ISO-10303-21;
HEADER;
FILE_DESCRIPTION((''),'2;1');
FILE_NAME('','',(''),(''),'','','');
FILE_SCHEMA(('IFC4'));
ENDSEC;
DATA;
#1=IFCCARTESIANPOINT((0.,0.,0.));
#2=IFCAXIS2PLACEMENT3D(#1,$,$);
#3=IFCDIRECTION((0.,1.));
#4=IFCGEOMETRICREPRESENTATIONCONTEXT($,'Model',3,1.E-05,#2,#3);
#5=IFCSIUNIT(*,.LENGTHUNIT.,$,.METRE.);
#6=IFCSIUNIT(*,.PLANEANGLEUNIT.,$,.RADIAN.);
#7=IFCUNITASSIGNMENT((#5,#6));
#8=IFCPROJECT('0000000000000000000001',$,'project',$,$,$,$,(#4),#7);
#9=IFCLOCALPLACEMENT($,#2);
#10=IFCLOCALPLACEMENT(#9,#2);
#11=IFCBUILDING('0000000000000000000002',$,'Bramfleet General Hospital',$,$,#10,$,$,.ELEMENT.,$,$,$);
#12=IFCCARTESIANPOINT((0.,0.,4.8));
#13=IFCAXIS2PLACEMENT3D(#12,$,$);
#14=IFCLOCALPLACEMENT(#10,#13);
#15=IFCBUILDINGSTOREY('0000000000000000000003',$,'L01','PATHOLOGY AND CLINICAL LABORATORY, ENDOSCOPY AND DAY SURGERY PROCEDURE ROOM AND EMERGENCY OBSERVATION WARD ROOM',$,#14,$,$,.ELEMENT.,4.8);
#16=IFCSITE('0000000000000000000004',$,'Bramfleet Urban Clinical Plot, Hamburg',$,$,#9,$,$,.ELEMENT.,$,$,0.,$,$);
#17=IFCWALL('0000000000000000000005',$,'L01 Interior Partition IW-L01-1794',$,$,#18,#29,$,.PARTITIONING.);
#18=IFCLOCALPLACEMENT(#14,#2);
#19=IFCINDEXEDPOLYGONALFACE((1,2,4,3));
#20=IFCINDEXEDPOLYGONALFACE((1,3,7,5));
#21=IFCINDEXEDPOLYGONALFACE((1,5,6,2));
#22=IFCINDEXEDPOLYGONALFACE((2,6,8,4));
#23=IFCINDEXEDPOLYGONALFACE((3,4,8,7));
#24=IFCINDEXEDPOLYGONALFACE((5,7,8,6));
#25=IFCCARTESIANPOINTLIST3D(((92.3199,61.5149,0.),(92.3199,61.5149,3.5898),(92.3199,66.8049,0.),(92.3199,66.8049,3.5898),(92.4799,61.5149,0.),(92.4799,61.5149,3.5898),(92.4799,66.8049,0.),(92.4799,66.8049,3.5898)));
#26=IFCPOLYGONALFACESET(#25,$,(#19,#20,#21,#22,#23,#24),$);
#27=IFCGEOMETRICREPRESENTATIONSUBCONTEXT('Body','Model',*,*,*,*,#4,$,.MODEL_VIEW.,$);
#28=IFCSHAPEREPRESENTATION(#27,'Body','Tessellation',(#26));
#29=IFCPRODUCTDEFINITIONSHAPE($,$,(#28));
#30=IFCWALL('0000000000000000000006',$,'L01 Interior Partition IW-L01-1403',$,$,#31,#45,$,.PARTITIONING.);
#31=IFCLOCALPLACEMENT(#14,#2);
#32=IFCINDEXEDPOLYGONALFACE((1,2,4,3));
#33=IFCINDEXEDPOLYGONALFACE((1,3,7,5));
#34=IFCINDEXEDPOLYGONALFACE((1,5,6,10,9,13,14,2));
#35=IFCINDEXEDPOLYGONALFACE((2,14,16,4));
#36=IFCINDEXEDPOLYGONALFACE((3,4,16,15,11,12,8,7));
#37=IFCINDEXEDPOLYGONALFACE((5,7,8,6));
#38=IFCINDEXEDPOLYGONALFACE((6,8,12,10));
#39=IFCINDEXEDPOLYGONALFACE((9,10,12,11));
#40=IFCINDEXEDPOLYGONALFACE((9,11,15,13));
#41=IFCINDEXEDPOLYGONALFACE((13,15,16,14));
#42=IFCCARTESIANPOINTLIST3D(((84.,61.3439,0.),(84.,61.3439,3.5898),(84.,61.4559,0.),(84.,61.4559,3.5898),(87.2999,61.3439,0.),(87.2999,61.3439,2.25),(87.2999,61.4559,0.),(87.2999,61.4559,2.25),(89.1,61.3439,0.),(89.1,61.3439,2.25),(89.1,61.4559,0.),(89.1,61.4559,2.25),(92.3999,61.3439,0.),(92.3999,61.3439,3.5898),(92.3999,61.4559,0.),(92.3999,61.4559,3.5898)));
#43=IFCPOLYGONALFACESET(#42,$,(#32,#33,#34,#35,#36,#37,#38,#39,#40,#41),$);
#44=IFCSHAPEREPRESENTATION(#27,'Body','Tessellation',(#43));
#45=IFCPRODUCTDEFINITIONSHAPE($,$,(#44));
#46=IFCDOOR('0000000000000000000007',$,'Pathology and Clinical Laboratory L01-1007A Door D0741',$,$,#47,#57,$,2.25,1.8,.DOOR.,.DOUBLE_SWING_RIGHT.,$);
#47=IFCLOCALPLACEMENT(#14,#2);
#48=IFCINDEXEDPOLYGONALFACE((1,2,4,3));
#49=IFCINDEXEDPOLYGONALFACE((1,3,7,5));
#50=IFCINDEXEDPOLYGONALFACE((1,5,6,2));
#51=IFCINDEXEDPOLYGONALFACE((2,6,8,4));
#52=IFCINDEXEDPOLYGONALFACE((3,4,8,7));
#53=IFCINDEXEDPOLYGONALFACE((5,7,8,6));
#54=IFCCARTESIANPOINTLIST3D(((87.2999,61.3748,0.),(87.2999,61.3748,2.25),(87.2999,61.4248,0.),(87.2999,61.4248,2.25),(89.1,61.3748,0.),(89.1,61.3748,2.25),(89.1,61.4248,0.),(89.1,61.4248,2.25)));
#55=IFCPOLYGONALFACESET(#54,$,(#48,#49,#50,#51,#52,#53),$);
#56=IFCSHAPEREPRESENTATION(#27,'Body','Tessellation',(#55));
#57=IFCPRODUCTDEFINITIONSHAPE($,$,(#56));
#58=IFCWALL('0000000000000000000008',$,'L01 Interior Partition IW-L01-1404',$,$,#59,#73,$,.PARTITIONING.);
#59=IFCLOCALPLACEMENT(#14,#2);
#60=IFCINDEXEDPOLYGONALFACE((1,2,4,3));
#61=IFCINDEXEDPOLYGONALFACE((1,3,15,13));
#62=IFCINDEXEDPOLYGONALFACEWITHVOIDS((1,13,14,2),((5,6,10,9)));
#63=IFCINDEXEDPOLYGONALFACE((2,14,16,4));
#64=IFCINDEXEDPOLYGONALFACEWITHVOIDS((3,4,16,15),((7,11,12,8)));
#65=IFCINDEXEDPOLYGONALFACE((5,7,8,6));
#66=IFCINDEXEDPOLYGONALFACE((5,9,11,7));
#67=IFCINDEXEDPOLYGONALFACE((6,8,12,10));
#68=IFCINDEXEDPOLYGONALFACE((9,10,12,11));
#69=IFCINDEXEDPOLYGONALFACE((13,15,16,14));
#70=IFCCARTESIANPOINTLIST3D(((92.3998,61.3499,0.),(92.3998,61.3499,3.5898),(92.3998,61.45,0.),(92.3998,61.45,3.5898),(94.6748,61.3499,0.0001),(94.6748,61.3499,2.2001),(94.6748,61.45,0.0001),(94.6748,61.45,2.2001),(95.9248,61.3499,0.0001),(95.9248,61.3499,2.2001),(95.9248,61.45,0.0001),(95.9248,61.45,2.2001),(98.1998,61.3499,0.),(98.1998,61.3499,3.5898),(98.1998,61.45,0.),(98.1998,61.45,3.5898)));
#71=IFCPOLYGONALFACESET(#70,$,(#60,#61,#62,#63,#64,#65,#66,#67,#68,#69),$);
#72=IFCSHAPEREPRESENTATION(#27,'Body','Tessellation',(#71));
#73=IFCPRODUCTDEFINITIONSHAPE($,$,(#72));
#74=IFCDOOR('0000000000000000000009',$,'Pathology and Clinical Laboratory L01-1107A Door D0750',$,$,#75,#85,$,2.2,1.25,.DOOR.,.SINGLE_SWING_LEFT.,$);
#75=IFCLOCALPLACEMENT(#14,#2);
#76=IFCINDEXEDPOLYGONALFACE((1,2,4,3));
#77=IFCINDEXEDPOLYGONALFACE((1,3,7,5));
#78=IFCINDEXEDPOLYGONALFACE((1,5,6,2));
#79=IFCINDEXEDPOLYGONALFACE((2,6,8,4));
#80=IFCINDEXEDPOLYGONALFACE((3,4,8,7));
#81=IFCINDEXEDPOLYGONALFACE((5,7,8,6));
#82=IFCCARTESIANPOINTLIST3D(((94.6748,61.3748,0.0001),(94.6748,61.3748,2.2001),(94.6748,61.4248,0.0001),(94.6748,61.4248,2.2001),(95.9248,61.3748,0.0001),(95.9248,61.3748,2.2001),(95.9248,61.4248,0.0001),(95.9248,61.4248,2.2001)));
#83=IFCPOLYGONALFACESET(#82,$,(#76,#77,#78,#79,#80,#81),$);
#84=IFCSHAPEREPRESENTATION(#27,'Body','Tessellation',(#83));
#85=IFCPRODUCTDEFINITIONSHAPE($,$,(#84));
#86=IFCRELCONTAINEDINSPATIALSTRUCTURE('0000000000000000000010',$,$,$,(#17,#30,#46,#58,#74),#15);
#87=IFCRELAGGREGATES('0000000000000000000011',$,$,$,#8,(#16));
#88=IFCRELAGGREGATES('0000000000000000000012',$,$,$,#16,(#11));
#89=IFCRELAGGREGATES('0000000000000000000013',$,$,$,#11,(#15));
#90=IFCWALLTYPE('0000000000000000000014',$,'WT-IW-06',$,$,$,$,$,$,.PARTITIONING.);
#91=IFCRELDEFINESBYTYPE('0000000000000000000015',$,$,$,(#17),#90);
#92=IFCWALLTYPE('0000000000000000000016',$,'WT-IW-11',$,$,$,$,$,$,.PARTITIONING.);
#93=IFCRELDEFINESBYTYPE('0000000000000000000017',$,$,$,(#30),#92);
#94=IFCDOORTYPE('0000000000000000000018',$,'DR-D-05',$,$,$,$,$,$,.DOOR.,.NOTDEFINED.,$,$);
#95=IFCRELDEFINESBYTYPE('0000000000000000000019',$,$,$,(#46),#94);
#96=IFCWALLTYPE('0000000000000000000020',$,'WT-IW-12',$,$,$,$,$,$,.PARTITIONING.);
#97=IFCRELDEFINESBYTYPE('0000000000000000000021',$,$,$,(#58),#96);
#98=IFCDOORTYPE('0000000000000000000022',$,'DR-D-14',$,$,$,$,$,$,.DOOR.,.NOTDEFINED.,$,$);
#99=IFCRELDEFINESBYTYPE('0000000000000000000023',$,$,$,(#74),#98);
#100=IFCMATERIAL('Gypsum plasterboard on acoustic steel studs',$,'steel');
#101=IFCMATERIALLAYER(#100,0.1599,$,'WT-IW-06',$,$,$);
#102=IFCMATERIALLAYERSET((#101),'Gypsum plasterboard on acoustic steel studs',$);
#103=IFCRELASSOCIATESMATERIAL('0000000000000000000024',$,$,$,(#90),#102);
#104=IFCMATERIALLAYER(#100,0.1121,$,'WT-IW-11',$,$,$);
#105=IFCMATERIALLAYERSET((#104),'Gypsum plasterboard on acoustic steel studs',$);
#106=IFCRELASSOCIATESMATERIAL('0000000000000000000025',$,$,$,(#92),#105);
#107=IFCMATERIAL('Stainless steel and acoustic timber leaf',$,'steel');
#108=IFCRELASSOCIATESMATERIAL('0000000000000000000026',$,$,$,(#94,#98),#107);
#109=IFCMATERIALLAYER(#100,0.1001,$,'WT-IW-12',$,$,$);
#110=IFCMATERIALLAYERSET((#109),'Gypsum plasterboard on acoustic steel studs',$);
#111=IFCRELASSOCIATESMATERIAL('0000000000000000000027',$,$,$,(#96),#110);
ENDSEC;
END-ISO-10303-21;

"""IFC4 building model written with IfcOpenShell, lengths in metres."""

from ifc_helpers import new_model, si_unit, direction, frame, frame_2d, origin, place, context, subcontext, project, spatial, rectangle, extrude, material, layer, layer_set, type_object, element, fill, save


model = new_model("IFC4")

# Units and contexts
model_context = context("Model", 3, precision=1e-05, world=origin(), true_north=direction((0.0, 1.0)))
body_context = subcontext(model_context, "Body", "Model", "MODEL_VIEW")
ifc_project = project(units=[si_unit("LENGTHUNIT", "METRE"), si_unit("PLANEANGLEUNIT", "RADIAN")], contexts=[model_context])

# Site, building, storey
site_placement = place(None, origin())
site = spatial("IfcSite", under=ifc_project, at=site_placement, Name="Bramfleet Urban Clinical Plot, Hamburg", CompositionType="ELEMENT", RefElevation=0.0)
building_placement = place(site_placement, origin())
building = spatial("IfcBuilding", under=site, at=building_placement, Name="Bramfleet General Hospital", CompositionType="ELEMENT")
storey_placement = place(building_placement, frame((0.0, 0.0, 4.8)))
storey = spatial("IfcBuildingStorey", under=building, at=storey_placement, Name="L01", Description="PATHOLOGY AND CLINICAL LABORATORY, ENDOSCOPY AND DAY SURGERY PROCEDURE ROOM AND EMERGENCY OBSERVATION WARD ROOM", CompositionType="ELEMENT", Elevation=4.8)

# Wall
ifc_material_1 = material(Name="Gypsum plasterboard on acoustic steel studs", Category="steel")
ifc_layer_1 = layer(ifc_material_1, 0.1599, Name="WT-IW-06")
ifc_layer_set_1 = layer_set([ifc_layer_1], Name="Gypsum plasterboard on acoustic steel studs")
wall_type_1 = type_object("IfcWallType", Name="WT-IW-06", PredefinedType="PARTITIONING", material=ifc_layer_set_1)
wall_1_placement = place(storey_placement, frame((92.3999, 61.5149, 0.0), z_axis=(0.0, 0.0, 1.0), x_axis=(0.0, 1.0, 0.0)))
element("IfcWall", 1, at=wall_1_placement, inside=storey, type_object=wall_type_1, Name="L01 Interior Partition IW-L01-1794", PredefinedType="PARTITIONING", context=body_context, shape_type="SweptSolid", body=[
    extrude(rectangle(XDim=5.29, YDim=0.1599, at=frame_2d((2.645, 0.0))), origin(), (0.0, 0.0, 1.0), 3.5898),
])

# Walls, openings, doors
ifc_layer_2 = layer(ifc_material_1, 0.1121, Name="WT-IW-11")
ifc_layer_set_2 = layer_set([ifc_layer_2], Name="Gypsum plasterboard on acoustic steel studs")
wall_type_2 = type_object("IfcWallType", Name="WT-IW-11", PredefinedType="PARTITIONING", material=ifc_layer_set_2)
wall_2_placement = place(storey_placement, frame((84.0, 61.3999, 0.0), z_axis=(0.0, 0.0, 1.0), x_axis=(1.0, 0.0, 0.0)))
wall_2 = element("IfcWall", 2, at=wall_2_placement, inside=storey, type_object=wall_type_2, Name="L01 Interior Partition IW-L01-1403", PredefinedType="PARTITIONING", context=body_context, shape_type="SweptSolid", body=[
    extrude(rectangle(XDim=8.3999, YDim=0.1121, at=frame_2d((4.2, 0.0))), origin(), (0.0, 0.0, 1.0), 3.5898),
])
opening_1_placement = place(wall_2_placement, frame((3.3, 0.0, 0.0)))
opening_1 = element("IfcOpeningElement", 3, at=opening_1_placement, cuts=wall_2, PredefinedType="OPENING", context=body_context, shape_type="SweptSolid", body=[
    extrude(rectangle(XDim=1.8, YDim=2.25, at=frame_2d((0.8999, 1.125))), frame((0.0, 0.0659, 0.0), z_axis=(0.0, -1.0, 0.0), x_axis=(1.0, 0.0, 0.0)), (0.0, 0.0, 1.0), 0.1321),
])
ifc_material_2 = material(Name="Stainless steel and acoustic timber leaf", Category="steel")
door_type_1 = type_object("IfcDoorType", Name="DR-D-05", OperationType="NOTDEFINED", PredefinedType="DOOR", material=ifc_material_2)
door_1_placement = place(opening_1_placement, origin())
door_1 = element("IfcDoor", 4, at=door_1_placement, inside=storey, type_object=door_type_1, Name="Pathology and Clinical Laboratory L01-1007A Door D0741", OperationType="DOUBLE_SWING_RIGHT", OverallHeight=2.25, OverallWidth=1.8, PredefinedType="DOOR", context=body_context, shape_type="SweptSolid", body=[
    extrude(rectangle(XDim=1.8, YDim=2.25, at=frame_2d((0.8999, 1.125))), frame((0.0, 0.0249, 0.0), z_axis=(0.0, -1.0, 0.0), x_axis=(1.0, 0.0, 0.0)), (0.0, 0.0, 1.0), 0.05),
])
fill(opening_1, door_1)
ifc_layer_3 = layer(ifc_material_1, 0.1001, Name="WT-IW-12")
ifc_layer_set_3 = layer_set([ifc_layer_3], Name="Gypsum plasterboard on acoustic steel studs")
wall_type_3 = type_object("IfcWallType", Name="WT-IW-12", PredefinedType="PARTITIONING", material=ifc_layer_set_3)
wall_3_placement = place(storey_placement, frame((92.3999, 61.3999, 0.0), z_axis=(0.0, 0.0, 1.0), x_axis=(1.0, 0.0, 0.0)))
wall_3 = element("IfcWall", 5, at=wall_3_placement, inside=storey, type_object=wall_type_3, Name="L01 Interior Partition IW-L01-1404", PredefinedType="PARTITIONING", context=body_context, shape_type="SweptSolid", body=[
    extrude(rectangle(XDim=5.8, YDim=0.1001, at=frame_2d((2.8999, 0.0))), origin(), (0.0, 0.0, 1.0), 3.5898),
])
opening_2_placement = place(wall_3_placement, frame((2.2749, 0.0, 0.0)))
opening_2 = element("IfcOpeningElement", 6, at=opening_2_placement, cuts=wall_3, PredefinedType="OPENING", context=body_context, shape_type="SweptSolid", body=[
    extrude(rectangle(XDim=1.25, YDim=2.2, at=frame_2d((0.625, 1.1001))), frame((0.0, 0.0601, 0.0), z_axis=(0.0, -1.0, 0.0), x_axis=(1.0, 0.0, 0.0)), (0.0, 0.0, 1.0), 0.1201),
])
door_type_2 = type_object("IfcDoorType", Name="DR-D-14", OperationType="NOTDEFINED", PredefinedType="DOOR", material=ifc_material_2)
door_2_placement = place(opening_2_placement, origin())
door_2 = element("IfcDoor", 7, at=door_2_placement, inside=storey, type_object=door_type_2, Name="Pathology and Clinical Laboratory L01-1107A Door D0750", OperationType="SINGLE_SWING_LEFT", OverallHeight=2.2, OverallWidth=1.25, PredefinedType="DOOR", context=body_context, shape_type="SweptSolid", body=[
    extrude(rectangle(XDim=1.25, YDim=2.2, at=frame_2d((0.625, 1.1001))), frame((0.0, 0.0249, 0.0), z_axis=(0.0, -1.0, 0.0), x_axis=(1.0, 0.0, 0.0)), (0.0, 0.0, 1.0), 0.05),
])
fill(opening_2, door_2)

save(model, "model.ifc")
